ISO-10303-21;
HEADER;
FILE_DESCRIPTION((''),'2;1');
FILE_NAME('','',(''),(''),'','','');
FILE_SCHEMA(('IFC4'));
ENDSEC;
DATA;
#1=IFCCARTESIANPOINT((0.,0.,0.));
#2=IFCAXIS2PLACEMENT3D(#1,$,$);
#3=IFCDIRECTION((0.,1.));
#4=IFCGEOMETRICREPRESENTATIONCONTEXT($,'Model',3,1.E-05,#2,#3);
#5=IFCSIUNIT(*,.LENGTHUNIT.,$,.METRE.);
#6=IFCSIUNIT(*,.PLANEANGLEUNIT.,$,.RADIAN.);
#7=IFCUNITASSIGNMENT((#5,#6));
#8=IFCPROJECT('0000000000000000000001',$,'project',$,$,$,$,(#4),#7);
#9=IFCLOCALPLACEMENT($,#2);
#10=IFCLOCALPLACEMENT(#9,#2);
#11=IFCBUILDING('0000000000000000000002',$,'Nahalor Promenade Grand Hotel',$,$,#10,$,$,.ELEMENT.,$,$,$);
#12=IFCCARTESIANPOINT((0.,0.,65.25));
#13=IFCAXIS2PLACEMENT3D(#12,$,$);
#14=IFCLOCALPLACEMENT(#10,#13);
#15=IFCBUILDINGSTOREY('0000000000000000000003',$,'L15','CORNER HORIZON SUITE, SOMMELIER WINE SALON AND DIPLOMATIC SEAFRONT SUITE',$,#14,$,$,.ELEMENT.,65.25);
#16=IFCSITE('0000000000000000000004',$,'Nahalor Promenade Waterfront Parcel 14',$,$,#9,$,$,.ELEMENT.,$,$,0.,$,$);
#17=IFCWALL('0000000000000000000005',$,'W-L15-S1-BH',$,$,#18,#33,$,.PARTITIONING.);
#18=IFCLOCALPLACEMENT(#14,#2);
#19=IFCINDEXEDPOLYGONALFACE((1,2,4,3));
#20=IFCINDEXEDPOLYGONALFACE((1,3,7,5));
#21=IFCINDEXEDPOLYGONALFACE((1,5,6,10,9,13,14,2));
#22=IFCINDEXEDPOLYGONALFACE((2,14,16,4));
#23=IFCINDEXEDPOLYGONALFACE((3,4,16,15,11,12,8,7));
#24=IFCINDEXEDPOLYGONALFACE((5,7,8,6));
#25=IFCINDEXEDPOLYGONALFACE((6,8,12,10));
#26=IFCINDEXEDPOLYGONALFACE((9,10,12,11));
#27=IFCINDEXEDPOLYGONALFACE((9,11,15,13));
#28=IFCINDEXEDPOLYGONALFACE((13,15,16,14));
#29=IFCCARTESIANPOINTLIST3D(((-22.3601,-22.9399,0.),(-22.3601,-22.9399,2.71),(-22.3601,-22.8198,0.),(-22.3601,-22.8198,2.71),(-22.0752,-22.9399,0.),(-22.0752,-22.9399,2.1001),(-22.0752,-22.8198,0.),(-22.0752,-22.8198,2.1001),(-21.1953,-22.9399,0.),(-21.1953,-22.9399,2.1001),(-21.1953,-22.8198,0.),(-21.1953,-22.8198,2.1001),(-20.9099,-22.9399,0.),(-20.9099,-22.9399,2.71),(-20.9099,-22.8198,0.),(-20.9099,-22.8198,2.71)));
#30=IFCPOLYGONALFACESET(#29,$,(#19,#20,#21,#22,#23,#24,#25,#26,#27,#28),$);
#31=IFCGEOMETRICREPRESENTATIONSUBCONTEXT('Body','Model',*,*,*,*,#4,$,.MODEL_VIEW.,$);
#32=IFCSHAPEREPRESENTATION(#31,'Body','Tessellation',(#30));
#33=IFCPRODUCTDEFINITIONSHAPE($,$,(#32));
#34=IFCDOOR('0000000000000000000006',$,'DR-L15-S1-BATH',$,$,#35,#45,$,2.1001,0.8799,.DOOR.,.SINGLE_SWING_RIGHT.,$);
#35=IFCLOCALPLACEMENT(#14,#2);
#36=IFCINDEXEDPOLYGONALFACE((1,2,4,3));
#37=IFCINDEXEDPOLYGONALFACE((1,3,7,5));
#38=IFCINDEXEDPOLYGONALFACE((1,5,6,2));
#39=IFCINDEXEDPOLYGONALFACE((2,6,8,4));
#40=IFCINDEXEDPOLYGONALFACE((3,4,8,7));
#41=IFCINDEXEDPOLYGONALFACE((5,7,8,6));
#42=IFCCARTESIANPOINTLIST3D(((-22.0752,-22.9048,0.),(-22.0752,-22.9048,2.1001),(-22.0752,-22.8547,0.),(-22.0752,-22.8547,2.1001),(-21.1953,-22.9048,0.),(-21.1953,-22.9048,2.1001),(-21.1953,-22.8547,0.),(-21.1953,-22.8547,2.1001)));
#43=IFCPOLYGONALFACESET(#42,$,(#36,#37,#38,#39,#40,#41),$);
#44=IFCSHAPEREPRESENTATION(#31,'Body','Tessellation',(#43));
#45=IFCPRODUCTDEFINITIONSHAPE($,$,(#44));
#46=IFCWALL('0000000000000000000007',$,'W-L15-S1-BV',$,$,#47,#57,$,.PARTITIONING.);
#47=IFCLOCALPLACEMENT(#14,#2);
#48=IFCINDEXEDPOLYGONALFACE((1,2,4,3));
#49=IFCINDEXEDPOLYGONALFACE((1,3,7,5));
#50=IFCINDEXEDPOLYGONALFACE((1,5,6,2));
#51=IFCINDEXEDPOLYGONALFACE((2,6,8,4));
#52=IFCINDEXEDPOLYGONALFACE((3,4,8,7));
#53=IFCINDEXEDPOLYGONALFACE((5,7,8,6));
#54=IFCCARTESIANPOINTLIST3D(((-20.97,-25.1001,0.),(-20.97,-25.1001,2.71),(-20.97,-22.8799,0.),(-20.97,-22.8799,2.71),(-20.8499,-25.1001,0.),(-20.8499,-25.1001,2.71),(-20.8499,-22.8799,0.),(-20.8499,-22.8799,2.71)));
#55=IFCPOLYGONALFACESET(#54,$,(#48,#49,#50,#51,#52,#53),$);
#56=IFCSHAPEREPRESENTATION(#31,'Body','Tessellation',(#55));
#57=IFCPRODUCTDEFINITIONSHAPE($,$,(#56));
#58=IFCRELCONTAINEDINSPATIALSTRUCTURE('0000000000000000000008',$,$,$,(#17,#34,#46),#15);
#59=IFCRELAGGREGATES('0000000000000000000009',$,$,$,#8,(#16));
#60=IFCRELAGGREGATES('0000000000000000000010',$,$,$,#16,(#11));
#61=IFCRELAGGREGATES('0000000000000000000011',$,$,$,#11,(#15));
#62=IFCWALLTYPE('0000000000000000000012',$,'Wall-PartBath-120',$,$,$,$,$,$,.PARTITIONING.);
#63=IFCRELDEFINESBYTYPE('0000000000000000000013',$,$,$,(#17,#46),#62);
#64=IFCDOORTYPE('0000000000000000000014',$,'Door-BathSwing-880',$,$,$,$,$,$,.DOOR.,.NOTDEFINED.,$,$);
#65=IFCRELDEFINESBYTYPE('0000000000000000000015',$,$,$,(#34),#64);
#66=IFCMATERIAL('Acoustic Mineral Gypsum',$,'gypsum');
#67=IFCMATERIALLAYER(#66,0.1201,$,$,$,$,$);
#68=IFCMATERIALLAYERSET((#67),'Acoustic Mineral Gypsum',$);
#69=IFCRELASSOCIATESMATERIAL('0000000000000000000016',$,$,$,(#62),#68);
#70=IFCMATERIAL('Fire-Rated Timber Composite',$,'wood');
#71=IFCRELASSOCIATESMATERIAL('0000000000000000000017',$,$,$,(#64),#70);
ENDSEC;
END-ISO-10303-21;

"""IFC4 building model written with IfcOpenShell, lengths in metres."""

from ifc_helpers import new_model, si_unit, direction, frame, frame_2d, origin, place, context, subcontext, project, spatial, rectangle, extrude, source, transform, mapped, material, layer, layer_set, type_object, element, fill, save


model = new_model("IFC4")

# Units and contexts
model_context = context("Model", 3, precision=1e-05, world=origin(), true_north=direction((0.0, 1.0)))
body_context = subcontext(model_context, "Body", "Model", "MODEL_VIEW")
ifc_project = project(units=[si_unit("LENGTHUNIT", "METRE"), si_unit("PLANEANGLEUNIT", "RADIAN")], contexts=[model_context])

# Site, building, storey
site_placement = place(None, origin())
site = spatial("IfcSite", under=ifc_project, at=site_placement, Name="Nahalor Promenade Waterfront Parcel 14", CompositionType="ELEMENT", RefElevation=0.0)
building_placement = place(site_placement, origin())
building = spatial("IfcBuilding", under=site, at=building_placement, Name="Nahalor Promenade Grand Hotel", CompositionType="ELEMENT")
storey_placement = place(building_placement, frame((0.0, 0.0, 65.25)))
storey = spatial("IfcBuildingStorey", under=building, at=storey_placement, Name="L15", Description="CORNER HORIZON SUITE, SOMMELIER WINE SALON AND DIPLOMATIC SEAFRONT SUITE", CompositionType="ELEMENT", Elevation=65.25)

# Shared definitions
ifc_material_1 = material(Name="Acoustic Mineral Gypsum", Category="gypsum")

# Wall, opening, door
ifc_layer_1 = layer(ifc_material_1, 0.1201)
ifc_layer_set_1 = layer_set([ifc_layer_1], Name="Acoustic Mineral Gypsum")
wall_type_1 = type_object("IfcWallType", Name="Wall-PartBath-120", PredefinedType="PARTITIONING", material=ifc_layer_set_1)
shared_shape_1 = source(origin(), body_context, "Body", "SweptSolid", [
    extrude(rectangle(XDim=1.4502, YDim=0.1201, at=frame_2d((0.7251, 0.0))), origin(), (0.0, 0.0, 1.0), 2.71),
])
wall_1_placement = place(storey_placement, frame((-22.3601, -22.8799, 0.0), z_axis=(0.0, 0.0, 1.0), x_axis=(1.0, 0.0, 0.0)))
wall_1 = element("IfcWall", 1, at=wall_1_placement, inside=storey, type_object=wall_type_1, Name="W-L15-S1-BH", PredefinedType="PARTITIONING", context=body_context, shape_type="MappedRepresentation", body=[
    mapped(shared_shape_1, transform((0.0, 0.0, 0.0), scale=1.0)),
])
opening_1_placement = place(wall_1_placement, frame((0.2849, 0.0, 0.0)))
opening_1 = element("IfcOpeningElement", 2, at=opening_1_placement, cuts=wall_1, PredefinedType="OPENING", context=body_context, shape_type="SweptSolid", body=[
    extrude(rectangle(XDim=0.8799, YDim=2.1001, at=frame_2d((0.4399, 1.05))), frame((0.0, 0.0701, 0.0), z_axis=(0.0, -1.0, 0.0), x_axis=(1.0, 0.0, 0.0)), (0.0, 0.0, 1.0), 0.1401),
])
ifc_material_2 = material(Name="Fire-Rated Timber Composite", Category="wood")
door_type_1 = type_object("IfcDoorType", Name="Door-BathSwing-880", OperationType="NOTDEFINED", PredefinedType="DOOR", material=ifc_material_2)
shared_shape_2 = source(origin(), body_context, "Body", "SweptSolid", [
    extrude(rectangle(XDim=0.8799, YDim=2.1001, at=frame_2d((0.4399, 1.05))), frame((0.0, 0.0249, 0.0), z_axis=(0.0, -1.0, 0.0), x_axis=(1.0, 0.0, 0.0)), (0.0, 0.0, 1.0), 0.05),
])
door_1_placement = place(opening_1_placement, frame((0.8799, 0.0, 0.0), z_axis=(0.0, 0.0, 1.0), x_axis=(-1.0, 0.0, 0.0)))
door_1 = element("IfcDoor", 3, at=door_1_placement, inside=storey, type_object=door_type_1, Name="DR-L15-S1-BATH", OperationType="SINGLE_SWING_RIGHT", OverallHeight=2.1001, OverallWidth=0.8799, PredefinedType="DOOR", context=body_context, shape_type="MappedRepresentation", body=[
    mapped(shared_shape_2, transform((0.0, 0.0, 0.0), scale=1.0)),
])
fill(opening_1, door_1)

# Wall
shared_shape_3 = source(origin(), body_context, "Body", "SweptSolid", [
    extrude(rectangle(XDim=2.2202, YDim=0.1201, at=frame_2d((1.1101, 0.0))), origin(), (0.0, 0.0, 1.0), 2.71),
])
wall_2_placement = place(storey_placement, frame((-20.9099, -25.1001, 0.0), z_axis=(0.0, 0.0, 1.0), x_axis=(0.0, 1.0, 0.0)))
element("IfcWall", 4, at=wall_2_placement, inside=storey, type_object=wall_type_1, Name="W-L15-S1-BV", PredefinedType="PARTITIONING", context=body_context, shape_type="MappedRepresentation", body=[
    mapped(shared_shape_3, transform((0.0, 0.0, 0.0), scale=1.0)),
])

save(model, "model.ifc")
